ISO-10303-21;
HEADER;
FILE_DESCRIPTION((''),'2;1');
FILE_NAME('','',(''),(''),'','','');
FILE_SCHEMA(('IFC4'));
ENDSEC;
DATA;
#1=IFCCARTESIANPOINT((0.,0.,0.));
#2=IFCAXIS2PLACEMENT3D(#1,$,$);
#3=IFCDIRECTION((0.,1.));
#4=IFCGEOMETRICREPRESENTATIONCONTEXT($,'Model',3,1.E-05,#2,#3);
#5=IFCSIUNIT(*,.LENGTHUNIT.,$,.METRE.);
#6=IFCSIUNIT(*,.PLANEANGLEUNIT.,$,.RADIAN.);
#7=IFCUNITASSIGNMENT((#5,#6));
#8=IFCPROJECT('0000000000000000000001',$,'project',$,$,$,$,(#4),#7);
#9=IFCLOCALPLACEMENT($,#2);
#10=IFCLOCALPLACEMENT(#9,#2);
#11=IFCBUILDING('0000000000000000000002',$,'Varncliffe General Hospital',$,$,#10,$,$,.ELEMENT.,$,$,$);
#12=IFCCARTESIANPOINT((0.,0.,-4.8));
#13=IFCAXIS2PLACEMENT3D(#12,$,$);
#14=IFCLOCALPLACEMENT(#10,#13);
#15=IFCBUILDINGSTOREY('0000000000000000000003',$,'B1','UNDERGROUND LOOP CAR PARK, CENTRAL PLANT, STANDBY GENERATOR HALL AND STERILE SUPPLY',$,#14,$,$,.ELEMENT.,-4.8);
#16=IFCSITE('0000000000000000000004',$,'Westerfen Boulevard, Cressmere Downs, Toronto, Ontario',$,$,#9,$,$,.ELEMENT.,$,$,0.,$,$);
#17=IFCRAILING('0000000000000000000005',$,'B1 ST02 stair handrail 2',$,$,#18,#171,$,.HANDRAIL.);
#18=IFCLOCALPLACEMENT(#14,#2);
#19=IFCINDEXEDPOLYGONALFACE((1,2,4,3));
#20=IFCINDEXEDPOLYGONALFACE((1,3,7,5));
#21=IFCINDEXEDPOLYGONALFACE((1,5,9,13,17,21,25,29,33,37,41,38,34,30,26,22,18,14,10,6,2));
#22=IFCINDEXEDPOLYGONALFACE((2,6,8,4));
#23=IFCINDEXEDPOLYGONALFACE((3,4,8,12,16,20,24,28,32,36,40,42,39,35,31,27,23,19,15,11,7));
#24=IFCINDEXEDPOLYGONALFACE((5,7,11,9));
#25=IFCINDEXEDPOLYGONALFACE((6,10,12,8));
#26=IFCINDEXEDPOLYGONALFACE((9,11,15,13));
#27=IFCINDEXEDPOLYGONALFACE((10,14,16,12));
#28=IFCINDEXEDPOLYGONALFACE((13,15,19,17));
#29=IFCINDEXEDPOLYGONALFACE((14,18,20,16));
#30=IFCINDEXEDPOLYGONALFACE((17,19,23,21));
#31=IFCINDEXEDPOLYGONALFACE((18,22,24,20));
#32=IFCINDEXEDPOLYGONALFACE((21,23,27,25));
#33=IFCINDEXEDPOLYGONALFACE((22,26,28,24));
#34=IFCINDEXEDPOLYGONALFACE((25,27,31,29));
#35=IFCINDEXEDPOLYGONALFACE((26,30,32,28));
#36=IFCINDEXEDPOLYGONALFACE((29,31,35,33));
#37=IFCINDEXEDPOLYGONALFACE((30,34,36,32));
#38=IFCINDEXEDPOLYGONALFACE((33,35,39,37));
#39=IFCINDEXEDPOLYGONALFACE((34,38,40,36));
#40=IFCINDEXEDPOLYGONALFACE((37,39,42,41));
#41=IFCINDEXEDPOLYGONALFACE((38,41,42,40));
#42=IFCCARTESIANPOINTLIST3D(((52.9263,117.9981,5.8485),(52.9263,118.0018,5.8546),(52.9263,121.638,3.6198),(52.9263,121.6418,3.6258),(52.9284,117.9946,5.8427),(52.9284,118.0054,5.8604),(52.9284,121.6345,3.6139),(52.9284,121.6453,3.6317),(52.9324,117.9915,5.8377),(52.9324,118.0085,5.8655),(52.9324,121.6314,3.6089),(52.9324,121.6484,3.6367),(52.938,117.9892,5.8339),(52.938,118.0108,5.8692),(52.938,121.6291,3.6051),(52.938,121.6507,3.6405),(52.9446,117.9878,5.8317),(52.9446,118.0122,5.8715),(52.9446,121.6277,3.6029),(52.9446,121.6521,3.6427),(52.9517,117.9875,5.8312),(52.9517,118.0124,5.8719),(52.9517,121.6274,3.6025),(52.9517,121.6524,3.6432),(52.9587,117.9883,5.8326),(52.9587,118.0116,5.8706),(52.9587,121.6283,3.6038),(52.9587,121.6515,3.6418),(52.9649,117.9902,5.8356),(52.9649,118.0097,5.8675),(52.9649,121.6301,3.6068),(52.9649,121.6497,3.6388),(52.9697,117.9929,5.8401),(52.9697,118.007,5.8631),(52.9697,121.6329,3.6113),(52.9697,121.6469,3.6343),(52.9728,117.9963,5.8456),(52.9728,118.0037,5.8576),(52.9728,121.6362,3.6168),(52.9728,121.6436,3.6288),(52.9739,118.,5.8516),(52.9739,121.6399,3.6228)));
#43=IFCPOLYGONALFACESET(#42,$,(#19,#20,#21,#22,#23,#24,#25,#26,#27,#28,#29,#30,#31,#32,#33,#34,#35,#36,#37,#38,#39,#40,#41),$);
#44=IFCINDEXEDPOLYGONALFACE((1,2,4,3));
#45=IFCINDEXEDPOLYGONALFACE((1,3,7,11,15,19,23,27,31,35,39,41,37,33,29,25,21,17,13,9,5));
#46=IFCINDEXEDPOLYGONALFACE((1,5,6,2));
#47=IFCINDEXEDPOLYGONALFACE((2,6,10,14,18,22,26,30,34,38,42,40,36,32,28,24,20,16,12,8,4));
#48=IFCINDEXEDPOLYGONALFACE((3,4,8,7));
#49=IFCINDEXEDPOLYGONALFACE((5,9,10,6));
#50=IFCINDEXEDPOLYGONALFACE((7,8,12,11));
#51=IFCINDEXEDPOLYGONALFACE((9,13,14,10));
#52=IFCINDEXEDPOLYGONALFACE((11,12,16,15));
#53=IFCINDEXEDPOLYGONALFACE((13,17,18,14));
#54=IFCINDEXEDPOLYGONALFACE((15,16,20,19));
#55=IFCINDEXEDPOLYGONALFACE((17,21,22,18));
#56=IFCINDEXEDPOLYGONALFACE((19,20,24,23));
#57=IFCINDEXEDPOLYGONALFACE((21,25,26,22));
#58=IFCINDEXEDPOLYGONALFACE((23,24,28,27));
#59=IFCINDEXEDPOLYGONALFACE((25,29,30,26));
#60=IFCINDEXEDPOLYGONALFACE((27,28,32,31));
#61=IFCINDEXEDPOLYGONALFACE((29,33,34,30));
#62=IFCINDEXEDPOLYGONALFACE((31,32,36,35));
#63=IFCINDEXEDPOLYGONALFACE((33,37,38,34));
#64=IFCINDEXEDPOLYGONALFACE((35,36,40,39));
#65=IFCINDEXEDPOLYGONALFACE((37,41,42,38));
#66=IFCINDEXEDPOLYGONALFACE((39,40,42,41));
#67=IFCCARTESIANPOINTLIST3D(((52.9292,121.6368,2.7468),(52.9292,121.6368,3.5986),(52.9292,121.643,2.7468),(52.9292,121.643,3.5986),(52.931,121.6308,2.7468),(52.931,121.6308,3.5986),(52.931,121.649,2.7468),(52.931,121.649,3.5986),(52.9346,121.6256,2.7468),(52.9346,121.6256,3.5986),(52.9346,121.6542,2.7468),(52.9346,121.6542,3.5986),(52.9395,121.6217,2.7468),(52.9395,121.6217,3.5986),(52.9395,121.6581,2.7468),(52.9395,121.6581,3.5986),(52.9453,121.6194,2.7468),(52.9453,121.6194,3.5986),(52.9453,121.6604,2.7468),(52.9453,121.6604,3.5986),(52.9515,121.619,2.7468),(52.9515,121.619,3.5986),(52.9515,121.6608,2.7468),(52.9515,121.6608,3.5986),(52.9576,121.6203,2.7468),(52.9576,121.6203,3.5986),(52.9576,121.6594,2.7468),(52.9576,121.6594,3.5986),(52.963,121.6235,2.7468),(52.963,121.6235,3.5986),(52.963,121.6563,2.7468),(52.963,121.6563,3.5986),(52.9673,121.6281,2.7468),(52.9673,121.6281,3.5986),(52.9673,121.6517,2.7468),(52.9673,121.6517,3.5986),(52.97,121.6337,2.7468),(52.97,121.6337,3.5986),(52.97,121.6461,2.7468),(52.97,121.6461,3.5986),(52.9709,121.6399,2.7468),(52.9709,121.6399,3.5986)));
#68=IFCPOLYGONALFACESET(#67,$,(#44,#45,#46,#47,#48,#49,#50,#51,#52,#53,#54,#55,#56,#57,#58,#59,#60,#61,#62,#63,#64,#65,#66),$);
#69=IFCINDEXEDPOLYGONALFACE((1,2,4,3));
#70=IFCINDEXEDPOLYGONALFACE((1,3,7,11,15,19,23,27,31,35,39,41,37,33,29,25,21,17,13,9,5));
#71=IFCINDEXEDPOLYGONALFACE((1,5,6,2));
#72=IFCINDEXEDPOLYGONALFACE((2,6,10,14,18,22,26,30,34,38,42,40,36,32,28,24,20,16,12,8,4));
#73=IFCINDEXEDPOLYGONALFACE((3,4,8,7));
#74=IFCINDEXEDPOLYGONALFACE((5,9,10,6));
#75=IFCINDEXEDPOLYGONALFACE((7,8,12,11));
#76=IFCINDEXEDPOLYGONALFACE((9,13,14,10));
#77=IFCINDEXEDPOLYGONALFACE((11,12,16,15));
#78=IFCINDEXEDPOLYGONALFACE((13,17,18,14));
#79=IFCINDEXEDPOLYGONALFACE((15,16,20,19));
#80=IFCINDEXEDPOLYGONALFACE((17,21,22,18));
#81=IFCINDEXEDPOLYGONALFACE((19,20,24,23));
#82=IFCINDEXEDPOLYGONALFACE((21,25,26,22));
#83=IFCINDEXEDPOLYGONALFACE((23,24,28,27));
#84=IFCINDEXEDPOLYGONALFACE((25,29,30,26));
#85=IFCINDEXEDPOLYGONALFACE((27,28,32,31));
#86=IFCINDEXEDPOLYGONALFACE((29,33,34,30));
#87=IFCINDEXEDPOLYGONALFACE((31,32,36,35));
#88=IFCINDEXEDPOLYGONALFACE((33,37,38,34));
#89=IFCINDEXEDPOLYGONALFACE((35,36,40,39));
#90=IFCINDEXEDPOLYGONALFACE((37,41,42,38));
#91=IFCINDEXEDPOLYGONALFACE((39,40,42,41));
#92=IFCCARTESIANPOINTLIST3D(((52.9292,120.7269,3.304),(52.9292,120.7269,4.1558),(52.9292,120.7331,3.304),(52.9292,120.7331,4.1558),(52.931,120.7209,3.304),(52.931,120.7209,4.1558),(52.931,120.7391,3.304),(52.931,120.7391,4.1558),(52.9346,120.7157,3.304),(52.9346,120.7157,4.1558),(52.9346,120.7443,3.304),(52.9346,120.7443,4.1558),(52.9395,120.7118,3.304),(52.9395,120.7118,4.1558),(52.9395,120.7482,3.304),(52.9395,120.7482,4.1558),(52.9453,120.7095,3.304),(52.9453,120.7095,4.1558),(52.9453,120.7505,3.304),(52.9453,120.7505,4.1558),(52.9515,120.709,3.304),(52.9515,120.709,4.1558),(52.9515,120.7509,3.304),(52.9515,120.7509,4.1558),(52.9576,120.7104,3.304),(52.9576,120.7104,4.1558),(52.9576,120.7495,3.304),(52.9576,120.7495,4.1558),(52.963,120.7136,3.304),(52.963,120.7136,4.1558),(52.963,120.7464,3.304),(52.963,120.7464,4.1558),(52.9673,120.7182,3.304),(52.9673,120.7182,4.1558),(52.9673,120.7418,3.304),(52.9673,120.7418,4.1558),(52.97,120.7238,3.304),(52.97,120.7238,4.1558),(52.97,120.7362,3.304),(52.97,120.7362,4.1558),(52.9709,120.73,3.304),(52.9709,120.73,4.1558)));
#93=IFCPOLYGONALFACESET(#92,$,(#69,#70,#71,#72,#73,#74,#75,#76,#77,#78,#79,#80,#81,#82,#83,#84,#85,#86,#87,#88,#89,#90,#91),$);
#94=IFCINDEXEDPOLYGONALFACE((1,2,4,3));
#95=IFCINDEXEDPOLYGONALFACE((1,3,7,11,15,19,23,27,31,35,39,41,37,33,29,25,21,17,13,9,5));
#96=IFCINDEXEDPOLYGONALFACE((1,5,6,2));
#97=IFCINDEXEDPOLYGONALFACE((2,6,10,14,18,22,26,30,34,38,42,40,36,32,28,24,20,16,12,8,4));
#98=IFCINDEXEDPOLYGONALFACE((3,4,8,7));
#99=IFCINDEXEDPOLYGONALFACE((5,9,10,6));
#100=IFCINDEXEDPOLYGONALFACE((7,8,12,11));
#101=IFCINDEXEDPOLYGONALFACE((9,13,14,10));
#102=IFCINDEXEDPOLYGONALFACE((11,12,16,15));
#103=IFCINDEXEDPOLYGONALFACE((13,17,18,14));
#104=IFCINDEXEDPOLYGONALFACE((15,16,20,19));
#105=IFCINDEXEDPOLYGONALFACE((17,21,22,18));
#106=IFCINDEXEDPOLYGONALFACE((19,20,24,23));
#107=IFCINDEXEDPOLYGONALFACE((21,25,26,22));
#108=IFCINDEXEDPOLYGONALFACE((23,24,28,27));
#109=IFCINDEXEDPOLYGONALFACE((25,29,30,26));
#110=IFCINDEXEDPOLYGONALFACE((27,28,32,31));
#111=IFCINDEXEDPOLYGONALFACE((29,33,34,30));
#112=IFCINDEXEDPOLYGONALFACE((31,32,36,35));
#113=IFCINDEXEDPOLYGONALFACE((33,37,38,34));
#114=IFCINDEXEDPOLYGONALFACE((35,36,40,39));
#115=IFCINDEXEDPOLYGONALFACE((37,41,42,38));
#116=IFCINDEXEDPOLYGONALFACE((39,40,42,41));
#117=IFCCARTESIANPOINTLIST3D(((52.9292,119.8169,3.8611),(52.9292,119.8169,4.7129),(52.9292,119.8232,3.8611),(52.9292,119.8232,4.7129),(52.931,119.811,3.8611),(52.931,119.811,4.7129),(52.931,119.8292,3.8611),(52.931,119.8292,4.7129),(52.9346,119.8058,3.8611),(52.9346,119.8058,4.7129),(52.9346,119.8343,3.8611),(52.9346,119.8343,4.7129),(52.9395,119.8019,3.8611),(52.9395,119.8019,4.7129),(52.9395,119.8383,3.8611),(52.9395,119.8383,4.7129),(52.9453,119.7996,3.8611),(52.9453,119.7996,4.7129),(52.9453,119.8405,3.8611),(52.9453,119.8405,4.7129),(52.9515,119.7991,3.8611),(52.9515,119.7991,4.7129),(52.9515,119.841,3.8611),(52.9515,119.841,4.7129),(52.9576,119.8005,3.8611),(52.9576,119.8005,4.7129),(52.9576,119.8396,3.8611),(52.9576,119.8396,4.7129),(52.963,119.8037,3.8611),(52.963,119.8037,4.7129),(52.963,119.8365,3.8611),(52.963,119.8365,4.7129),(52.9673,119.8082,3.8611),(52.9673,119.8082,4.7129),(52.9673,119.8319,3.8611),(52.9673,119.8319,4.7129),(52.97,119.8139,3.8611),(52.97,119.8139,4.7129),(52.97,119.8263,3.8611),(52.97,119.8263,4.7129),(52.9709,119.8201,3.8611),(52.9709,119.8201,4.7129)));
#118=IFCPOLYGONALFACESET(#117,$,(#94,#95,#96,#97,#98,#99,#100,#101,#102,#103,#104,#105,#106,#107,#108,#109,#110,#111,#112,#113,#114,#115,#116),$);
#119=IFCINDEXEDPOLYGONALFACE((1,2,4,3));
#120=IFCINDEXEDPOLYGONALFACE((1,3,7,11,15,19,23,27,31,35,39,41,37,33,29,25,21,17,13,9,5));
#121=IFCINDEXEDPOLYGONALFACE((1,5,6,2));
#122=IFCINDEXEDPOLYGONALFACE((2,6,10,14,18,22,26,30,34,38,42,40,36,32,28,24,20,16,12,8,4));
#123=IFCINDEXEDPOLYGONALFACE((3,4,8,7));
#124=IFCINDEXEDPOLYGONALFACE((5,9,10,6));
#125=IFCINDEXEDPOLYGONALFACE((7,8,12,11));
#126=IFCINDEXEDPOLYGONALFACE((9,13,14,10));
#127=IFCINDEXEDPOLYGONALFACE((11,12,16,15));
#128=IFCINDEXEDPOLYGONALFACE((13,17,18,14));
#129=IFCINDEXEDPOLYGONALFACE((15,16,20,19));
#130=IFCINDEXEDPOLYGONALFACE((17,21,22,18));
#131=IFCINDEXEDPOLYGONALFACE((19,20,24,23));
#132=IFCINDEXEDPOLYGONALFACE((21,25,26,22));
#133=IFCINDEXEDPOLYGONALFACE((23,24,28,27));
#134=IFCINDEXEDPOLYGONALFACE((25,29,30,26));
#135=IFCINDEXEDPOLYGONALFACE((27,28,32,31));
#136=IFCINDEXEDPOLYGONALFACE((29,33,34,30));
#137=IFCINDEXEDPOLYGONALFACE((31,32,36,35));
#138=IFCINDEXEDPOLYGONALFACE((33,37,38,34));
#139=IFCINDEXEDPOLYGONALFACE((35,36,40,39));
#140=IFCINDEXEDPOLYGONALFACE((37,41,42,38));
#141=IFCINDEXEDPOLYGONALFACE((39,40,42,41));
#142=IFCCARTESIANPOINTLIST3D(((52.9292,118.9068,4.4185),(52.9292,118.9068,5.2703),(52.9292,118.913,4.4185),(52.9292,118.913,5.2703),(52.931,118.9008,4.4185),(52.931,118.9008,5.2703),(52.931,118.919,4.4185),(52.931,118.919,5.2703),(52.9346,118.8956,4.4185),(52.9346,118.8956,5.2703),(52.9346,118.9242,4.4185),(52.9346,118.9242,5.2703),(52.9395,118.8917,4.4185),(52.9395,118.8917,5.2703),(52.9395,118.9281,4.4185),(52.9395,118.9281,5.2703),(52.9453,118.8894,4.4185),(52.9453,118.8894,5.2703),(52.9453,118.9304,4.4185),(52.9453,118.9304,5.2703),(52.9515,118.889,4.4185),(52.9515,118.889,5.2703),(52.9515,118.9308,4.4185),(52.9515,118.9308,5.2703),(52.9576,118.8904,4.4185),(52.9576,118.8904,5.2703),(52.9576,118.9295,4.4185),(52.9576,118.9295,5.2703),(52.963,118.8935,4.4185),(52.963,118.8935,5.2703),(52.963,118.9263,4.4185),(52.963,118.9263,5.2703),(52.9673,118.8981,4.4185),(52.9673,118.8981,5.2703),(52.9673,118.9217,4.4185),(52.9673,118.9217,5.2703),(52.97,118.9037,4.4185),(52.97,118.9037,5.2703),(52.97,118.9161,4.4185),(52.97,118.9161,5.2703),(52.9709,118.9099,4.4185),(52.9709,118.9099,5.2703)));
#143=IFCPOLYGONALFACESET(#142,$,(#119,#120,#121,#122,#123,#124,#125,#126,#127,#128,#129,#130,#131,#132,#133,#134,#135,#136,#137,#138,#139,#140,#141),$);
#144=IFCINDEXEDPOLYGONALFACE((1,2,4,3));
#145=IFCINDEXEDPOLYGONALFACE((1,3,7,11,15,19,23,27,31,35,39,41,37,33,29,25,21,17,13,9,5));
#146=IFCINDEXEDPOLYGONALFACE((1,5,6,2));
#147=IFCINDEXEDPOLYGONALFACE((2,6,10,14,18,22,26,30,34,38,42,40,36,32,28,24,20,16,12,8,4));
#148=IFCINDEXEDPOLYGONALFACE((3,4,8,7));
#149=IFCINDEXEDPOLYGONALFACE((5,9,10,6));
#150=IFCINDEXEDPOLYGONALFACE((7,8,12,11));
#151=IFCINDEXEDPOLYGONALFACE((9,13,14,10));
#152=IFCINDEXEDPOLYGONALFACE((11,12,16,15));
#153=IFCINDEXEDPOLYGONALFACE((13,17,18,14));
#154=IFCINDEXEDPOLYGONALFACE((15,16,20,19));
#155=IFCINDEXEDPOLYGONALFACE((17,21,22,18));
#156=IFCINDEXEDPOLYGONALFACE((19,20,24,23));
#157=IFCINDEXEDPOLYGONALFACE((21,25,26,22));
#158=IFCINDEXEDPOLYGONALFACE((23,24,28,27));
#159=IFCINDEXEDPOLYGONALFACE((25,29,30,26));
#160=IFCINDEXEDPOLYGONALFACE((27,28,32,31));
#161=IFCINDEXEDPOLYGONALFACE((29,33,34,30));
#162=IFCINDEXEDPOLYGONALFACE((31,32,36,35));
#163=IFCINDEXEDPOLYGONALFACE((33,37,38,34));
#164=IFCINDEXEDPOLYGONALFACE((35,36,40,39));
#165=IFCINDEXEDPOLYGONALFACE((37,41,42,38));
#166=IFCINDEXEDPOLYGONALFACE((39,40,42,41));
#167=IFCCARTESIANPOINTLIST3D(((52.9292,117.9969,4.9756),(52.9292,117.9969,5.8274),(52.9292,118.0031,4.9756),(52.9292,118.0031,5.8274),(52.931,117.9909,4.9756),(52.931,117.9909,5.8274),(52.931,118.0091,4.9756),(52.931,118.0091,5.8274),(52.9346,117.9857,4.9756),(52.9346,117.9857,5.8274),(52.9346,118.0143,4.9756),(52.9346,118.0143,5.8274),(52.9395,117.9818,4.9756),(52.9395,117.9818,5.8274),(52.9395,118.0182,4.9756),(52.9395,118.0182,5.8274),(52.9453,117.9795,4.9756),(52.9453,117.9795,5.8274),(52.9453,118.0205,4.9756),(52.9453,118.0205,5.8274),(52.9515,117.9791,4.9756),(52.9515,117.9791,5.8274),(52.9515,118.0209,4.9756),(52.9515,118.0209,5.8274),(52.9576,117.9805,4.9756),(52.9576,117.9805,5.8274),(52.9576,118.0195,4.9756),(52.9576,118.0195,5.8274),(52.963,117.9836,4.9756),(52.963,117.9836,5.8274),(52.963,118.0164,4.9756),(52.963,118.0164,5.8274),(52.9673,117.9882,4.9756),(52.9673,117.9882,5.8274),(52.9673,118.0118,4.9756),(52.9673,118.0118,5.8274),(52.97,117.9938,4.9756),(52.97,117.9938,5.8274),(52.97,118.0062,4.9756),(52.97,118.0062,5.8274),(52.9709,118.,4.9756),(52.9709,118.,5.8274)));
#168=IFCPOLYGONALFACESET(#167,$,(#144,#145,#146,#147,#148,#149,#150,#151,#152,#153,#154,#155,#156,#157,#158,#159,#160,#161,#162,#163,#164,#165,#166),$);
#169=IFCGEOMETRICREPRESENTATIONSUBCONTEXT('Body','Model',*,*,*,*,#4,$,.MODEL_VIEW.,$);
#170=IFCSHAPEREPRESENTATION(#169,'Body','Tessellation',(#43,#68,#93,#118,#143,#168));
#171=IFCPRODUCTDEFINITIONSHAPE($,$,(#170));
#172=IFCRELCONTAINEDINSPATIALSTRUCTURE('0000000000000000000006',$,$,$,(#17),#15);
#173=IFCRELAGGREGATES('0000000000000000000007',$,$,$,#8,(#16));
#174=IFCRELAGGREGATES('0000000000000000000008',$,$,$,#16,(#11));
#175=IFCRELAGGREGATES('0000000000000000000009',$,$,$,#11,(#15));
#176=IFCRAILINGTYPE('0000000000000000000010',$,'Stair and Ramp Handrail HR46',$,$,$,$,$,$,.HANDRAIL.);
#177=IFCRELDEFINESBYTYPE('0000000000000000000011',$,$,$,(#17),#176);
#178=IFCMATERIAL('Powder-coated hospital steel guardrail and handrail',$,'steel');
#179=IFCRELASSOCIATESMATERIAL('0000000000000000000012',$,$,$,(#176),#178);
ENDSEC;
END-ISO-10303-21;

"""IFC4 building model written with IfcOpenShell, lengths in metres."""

from ifc_helpers import new_model, si_unit, direction, frame, origin, origin_2d, place, context, subcontext, project, spatial, circle, extrude, material, type_object, element, save


model = new_model("IFC4")

# Units and contexts
model_context = context("Model", 3, precision=1e-05, world=origin(), true_north=direction((0.0, 1.0)))
body_context = subcontext(model_context, "Body", "Model", "MODEL_VIEW")
ifc_project = project(units=[si_unit("LENGTHUNIT", "METRE"), si_unit("PLANEANGLEUNIT", "RADIAN")], contexts=[model_context])

# Site, building, storey
site_placement = place(None, origin())
site = spatial("IfcSite", under=ifc_project, at=site_placement, Name="Westerfen Boulevard, Cressmere Downs, Toronto, Ontario", CompositionType="ELEMENT", RefElevation=0.0)
building_placement = place(site_placement, origin())
building = spatial("IfcBuilding", under=site, at=building_placement, Name="Varncliffe General Hospital", CompositionType="ELEMENT")
storey_placement = place(building_placement, frame((0.0, 0.0, -4.8)))
storey = spatial("IfcBuildingStorey", under=building, at=storey_placement, Name="B1", Description="UNDERGROUND LOOP CAR PARK, CENTRAL PLANT, STANDBY GENERATOR HALL AND STERILE SUPPLY", CompositionType="ELEMENT", Elevation=-4.8)

# Railing
ifc_material_1 = material(Name="Powder-coated hospital steel guardrail and handrail", Category="steel")
railing_type_1 = type_object("IfcRailingType", Name="Stair and Ramp Handrail HR46", PredefinedType="HANDRAIL", material=ifc_material_1)
railing_1_placement = place(storey_placement, frame((52.95, 121.6399, 2.7468)))
element("IfcRailing", 1, at=railing_1_placement, inside=storey, type_object=railing_type_1, Name="B1 ST02 stair handrail 2", PredefinedType="HANDRAIL", context=body_context, shape_type="SweptSolid", body=[
    extrude(circle(Radius=0.0239, at=origin_2d()), frame((0.0, 0.0, 0.876), z_axis=(0.0, -0.852825, 0.522197), x_axis=(1.0, 0.0, 0.0)), (0.0, 0.0, 1.0), 4.2681),
    extrude(circle(Radius=0.021, at=origin_2d()), origin(), (0.0, 0.0, 1.0), 0.8518),
    extrude(circle(Radius=0.021, at=origin_2d()), frame((0.0, -0.9099, 0.5571)), (0.0, 0.0, 1.0), 0.8518),
    extrude(circle(Radius=0.021, at=origin_2d()), frame((0.0, -1.8198, 1.1143)), (0.0, 0.0, 1.0), 0.8518),
    extrude(circle(Radius=0.021, at=origin_2d()), frame((0.0, -2.73, 1.6716)), (0.0, 0.0, 1.0), 0.8518),
    extrude(circle(Radius=0.021, at=origin_2d()), frame((0.0, -3.6399, 2.2288)), (0.0, 0.0, 1.0), 0.8518),
])

save(model, "model.ifc")
